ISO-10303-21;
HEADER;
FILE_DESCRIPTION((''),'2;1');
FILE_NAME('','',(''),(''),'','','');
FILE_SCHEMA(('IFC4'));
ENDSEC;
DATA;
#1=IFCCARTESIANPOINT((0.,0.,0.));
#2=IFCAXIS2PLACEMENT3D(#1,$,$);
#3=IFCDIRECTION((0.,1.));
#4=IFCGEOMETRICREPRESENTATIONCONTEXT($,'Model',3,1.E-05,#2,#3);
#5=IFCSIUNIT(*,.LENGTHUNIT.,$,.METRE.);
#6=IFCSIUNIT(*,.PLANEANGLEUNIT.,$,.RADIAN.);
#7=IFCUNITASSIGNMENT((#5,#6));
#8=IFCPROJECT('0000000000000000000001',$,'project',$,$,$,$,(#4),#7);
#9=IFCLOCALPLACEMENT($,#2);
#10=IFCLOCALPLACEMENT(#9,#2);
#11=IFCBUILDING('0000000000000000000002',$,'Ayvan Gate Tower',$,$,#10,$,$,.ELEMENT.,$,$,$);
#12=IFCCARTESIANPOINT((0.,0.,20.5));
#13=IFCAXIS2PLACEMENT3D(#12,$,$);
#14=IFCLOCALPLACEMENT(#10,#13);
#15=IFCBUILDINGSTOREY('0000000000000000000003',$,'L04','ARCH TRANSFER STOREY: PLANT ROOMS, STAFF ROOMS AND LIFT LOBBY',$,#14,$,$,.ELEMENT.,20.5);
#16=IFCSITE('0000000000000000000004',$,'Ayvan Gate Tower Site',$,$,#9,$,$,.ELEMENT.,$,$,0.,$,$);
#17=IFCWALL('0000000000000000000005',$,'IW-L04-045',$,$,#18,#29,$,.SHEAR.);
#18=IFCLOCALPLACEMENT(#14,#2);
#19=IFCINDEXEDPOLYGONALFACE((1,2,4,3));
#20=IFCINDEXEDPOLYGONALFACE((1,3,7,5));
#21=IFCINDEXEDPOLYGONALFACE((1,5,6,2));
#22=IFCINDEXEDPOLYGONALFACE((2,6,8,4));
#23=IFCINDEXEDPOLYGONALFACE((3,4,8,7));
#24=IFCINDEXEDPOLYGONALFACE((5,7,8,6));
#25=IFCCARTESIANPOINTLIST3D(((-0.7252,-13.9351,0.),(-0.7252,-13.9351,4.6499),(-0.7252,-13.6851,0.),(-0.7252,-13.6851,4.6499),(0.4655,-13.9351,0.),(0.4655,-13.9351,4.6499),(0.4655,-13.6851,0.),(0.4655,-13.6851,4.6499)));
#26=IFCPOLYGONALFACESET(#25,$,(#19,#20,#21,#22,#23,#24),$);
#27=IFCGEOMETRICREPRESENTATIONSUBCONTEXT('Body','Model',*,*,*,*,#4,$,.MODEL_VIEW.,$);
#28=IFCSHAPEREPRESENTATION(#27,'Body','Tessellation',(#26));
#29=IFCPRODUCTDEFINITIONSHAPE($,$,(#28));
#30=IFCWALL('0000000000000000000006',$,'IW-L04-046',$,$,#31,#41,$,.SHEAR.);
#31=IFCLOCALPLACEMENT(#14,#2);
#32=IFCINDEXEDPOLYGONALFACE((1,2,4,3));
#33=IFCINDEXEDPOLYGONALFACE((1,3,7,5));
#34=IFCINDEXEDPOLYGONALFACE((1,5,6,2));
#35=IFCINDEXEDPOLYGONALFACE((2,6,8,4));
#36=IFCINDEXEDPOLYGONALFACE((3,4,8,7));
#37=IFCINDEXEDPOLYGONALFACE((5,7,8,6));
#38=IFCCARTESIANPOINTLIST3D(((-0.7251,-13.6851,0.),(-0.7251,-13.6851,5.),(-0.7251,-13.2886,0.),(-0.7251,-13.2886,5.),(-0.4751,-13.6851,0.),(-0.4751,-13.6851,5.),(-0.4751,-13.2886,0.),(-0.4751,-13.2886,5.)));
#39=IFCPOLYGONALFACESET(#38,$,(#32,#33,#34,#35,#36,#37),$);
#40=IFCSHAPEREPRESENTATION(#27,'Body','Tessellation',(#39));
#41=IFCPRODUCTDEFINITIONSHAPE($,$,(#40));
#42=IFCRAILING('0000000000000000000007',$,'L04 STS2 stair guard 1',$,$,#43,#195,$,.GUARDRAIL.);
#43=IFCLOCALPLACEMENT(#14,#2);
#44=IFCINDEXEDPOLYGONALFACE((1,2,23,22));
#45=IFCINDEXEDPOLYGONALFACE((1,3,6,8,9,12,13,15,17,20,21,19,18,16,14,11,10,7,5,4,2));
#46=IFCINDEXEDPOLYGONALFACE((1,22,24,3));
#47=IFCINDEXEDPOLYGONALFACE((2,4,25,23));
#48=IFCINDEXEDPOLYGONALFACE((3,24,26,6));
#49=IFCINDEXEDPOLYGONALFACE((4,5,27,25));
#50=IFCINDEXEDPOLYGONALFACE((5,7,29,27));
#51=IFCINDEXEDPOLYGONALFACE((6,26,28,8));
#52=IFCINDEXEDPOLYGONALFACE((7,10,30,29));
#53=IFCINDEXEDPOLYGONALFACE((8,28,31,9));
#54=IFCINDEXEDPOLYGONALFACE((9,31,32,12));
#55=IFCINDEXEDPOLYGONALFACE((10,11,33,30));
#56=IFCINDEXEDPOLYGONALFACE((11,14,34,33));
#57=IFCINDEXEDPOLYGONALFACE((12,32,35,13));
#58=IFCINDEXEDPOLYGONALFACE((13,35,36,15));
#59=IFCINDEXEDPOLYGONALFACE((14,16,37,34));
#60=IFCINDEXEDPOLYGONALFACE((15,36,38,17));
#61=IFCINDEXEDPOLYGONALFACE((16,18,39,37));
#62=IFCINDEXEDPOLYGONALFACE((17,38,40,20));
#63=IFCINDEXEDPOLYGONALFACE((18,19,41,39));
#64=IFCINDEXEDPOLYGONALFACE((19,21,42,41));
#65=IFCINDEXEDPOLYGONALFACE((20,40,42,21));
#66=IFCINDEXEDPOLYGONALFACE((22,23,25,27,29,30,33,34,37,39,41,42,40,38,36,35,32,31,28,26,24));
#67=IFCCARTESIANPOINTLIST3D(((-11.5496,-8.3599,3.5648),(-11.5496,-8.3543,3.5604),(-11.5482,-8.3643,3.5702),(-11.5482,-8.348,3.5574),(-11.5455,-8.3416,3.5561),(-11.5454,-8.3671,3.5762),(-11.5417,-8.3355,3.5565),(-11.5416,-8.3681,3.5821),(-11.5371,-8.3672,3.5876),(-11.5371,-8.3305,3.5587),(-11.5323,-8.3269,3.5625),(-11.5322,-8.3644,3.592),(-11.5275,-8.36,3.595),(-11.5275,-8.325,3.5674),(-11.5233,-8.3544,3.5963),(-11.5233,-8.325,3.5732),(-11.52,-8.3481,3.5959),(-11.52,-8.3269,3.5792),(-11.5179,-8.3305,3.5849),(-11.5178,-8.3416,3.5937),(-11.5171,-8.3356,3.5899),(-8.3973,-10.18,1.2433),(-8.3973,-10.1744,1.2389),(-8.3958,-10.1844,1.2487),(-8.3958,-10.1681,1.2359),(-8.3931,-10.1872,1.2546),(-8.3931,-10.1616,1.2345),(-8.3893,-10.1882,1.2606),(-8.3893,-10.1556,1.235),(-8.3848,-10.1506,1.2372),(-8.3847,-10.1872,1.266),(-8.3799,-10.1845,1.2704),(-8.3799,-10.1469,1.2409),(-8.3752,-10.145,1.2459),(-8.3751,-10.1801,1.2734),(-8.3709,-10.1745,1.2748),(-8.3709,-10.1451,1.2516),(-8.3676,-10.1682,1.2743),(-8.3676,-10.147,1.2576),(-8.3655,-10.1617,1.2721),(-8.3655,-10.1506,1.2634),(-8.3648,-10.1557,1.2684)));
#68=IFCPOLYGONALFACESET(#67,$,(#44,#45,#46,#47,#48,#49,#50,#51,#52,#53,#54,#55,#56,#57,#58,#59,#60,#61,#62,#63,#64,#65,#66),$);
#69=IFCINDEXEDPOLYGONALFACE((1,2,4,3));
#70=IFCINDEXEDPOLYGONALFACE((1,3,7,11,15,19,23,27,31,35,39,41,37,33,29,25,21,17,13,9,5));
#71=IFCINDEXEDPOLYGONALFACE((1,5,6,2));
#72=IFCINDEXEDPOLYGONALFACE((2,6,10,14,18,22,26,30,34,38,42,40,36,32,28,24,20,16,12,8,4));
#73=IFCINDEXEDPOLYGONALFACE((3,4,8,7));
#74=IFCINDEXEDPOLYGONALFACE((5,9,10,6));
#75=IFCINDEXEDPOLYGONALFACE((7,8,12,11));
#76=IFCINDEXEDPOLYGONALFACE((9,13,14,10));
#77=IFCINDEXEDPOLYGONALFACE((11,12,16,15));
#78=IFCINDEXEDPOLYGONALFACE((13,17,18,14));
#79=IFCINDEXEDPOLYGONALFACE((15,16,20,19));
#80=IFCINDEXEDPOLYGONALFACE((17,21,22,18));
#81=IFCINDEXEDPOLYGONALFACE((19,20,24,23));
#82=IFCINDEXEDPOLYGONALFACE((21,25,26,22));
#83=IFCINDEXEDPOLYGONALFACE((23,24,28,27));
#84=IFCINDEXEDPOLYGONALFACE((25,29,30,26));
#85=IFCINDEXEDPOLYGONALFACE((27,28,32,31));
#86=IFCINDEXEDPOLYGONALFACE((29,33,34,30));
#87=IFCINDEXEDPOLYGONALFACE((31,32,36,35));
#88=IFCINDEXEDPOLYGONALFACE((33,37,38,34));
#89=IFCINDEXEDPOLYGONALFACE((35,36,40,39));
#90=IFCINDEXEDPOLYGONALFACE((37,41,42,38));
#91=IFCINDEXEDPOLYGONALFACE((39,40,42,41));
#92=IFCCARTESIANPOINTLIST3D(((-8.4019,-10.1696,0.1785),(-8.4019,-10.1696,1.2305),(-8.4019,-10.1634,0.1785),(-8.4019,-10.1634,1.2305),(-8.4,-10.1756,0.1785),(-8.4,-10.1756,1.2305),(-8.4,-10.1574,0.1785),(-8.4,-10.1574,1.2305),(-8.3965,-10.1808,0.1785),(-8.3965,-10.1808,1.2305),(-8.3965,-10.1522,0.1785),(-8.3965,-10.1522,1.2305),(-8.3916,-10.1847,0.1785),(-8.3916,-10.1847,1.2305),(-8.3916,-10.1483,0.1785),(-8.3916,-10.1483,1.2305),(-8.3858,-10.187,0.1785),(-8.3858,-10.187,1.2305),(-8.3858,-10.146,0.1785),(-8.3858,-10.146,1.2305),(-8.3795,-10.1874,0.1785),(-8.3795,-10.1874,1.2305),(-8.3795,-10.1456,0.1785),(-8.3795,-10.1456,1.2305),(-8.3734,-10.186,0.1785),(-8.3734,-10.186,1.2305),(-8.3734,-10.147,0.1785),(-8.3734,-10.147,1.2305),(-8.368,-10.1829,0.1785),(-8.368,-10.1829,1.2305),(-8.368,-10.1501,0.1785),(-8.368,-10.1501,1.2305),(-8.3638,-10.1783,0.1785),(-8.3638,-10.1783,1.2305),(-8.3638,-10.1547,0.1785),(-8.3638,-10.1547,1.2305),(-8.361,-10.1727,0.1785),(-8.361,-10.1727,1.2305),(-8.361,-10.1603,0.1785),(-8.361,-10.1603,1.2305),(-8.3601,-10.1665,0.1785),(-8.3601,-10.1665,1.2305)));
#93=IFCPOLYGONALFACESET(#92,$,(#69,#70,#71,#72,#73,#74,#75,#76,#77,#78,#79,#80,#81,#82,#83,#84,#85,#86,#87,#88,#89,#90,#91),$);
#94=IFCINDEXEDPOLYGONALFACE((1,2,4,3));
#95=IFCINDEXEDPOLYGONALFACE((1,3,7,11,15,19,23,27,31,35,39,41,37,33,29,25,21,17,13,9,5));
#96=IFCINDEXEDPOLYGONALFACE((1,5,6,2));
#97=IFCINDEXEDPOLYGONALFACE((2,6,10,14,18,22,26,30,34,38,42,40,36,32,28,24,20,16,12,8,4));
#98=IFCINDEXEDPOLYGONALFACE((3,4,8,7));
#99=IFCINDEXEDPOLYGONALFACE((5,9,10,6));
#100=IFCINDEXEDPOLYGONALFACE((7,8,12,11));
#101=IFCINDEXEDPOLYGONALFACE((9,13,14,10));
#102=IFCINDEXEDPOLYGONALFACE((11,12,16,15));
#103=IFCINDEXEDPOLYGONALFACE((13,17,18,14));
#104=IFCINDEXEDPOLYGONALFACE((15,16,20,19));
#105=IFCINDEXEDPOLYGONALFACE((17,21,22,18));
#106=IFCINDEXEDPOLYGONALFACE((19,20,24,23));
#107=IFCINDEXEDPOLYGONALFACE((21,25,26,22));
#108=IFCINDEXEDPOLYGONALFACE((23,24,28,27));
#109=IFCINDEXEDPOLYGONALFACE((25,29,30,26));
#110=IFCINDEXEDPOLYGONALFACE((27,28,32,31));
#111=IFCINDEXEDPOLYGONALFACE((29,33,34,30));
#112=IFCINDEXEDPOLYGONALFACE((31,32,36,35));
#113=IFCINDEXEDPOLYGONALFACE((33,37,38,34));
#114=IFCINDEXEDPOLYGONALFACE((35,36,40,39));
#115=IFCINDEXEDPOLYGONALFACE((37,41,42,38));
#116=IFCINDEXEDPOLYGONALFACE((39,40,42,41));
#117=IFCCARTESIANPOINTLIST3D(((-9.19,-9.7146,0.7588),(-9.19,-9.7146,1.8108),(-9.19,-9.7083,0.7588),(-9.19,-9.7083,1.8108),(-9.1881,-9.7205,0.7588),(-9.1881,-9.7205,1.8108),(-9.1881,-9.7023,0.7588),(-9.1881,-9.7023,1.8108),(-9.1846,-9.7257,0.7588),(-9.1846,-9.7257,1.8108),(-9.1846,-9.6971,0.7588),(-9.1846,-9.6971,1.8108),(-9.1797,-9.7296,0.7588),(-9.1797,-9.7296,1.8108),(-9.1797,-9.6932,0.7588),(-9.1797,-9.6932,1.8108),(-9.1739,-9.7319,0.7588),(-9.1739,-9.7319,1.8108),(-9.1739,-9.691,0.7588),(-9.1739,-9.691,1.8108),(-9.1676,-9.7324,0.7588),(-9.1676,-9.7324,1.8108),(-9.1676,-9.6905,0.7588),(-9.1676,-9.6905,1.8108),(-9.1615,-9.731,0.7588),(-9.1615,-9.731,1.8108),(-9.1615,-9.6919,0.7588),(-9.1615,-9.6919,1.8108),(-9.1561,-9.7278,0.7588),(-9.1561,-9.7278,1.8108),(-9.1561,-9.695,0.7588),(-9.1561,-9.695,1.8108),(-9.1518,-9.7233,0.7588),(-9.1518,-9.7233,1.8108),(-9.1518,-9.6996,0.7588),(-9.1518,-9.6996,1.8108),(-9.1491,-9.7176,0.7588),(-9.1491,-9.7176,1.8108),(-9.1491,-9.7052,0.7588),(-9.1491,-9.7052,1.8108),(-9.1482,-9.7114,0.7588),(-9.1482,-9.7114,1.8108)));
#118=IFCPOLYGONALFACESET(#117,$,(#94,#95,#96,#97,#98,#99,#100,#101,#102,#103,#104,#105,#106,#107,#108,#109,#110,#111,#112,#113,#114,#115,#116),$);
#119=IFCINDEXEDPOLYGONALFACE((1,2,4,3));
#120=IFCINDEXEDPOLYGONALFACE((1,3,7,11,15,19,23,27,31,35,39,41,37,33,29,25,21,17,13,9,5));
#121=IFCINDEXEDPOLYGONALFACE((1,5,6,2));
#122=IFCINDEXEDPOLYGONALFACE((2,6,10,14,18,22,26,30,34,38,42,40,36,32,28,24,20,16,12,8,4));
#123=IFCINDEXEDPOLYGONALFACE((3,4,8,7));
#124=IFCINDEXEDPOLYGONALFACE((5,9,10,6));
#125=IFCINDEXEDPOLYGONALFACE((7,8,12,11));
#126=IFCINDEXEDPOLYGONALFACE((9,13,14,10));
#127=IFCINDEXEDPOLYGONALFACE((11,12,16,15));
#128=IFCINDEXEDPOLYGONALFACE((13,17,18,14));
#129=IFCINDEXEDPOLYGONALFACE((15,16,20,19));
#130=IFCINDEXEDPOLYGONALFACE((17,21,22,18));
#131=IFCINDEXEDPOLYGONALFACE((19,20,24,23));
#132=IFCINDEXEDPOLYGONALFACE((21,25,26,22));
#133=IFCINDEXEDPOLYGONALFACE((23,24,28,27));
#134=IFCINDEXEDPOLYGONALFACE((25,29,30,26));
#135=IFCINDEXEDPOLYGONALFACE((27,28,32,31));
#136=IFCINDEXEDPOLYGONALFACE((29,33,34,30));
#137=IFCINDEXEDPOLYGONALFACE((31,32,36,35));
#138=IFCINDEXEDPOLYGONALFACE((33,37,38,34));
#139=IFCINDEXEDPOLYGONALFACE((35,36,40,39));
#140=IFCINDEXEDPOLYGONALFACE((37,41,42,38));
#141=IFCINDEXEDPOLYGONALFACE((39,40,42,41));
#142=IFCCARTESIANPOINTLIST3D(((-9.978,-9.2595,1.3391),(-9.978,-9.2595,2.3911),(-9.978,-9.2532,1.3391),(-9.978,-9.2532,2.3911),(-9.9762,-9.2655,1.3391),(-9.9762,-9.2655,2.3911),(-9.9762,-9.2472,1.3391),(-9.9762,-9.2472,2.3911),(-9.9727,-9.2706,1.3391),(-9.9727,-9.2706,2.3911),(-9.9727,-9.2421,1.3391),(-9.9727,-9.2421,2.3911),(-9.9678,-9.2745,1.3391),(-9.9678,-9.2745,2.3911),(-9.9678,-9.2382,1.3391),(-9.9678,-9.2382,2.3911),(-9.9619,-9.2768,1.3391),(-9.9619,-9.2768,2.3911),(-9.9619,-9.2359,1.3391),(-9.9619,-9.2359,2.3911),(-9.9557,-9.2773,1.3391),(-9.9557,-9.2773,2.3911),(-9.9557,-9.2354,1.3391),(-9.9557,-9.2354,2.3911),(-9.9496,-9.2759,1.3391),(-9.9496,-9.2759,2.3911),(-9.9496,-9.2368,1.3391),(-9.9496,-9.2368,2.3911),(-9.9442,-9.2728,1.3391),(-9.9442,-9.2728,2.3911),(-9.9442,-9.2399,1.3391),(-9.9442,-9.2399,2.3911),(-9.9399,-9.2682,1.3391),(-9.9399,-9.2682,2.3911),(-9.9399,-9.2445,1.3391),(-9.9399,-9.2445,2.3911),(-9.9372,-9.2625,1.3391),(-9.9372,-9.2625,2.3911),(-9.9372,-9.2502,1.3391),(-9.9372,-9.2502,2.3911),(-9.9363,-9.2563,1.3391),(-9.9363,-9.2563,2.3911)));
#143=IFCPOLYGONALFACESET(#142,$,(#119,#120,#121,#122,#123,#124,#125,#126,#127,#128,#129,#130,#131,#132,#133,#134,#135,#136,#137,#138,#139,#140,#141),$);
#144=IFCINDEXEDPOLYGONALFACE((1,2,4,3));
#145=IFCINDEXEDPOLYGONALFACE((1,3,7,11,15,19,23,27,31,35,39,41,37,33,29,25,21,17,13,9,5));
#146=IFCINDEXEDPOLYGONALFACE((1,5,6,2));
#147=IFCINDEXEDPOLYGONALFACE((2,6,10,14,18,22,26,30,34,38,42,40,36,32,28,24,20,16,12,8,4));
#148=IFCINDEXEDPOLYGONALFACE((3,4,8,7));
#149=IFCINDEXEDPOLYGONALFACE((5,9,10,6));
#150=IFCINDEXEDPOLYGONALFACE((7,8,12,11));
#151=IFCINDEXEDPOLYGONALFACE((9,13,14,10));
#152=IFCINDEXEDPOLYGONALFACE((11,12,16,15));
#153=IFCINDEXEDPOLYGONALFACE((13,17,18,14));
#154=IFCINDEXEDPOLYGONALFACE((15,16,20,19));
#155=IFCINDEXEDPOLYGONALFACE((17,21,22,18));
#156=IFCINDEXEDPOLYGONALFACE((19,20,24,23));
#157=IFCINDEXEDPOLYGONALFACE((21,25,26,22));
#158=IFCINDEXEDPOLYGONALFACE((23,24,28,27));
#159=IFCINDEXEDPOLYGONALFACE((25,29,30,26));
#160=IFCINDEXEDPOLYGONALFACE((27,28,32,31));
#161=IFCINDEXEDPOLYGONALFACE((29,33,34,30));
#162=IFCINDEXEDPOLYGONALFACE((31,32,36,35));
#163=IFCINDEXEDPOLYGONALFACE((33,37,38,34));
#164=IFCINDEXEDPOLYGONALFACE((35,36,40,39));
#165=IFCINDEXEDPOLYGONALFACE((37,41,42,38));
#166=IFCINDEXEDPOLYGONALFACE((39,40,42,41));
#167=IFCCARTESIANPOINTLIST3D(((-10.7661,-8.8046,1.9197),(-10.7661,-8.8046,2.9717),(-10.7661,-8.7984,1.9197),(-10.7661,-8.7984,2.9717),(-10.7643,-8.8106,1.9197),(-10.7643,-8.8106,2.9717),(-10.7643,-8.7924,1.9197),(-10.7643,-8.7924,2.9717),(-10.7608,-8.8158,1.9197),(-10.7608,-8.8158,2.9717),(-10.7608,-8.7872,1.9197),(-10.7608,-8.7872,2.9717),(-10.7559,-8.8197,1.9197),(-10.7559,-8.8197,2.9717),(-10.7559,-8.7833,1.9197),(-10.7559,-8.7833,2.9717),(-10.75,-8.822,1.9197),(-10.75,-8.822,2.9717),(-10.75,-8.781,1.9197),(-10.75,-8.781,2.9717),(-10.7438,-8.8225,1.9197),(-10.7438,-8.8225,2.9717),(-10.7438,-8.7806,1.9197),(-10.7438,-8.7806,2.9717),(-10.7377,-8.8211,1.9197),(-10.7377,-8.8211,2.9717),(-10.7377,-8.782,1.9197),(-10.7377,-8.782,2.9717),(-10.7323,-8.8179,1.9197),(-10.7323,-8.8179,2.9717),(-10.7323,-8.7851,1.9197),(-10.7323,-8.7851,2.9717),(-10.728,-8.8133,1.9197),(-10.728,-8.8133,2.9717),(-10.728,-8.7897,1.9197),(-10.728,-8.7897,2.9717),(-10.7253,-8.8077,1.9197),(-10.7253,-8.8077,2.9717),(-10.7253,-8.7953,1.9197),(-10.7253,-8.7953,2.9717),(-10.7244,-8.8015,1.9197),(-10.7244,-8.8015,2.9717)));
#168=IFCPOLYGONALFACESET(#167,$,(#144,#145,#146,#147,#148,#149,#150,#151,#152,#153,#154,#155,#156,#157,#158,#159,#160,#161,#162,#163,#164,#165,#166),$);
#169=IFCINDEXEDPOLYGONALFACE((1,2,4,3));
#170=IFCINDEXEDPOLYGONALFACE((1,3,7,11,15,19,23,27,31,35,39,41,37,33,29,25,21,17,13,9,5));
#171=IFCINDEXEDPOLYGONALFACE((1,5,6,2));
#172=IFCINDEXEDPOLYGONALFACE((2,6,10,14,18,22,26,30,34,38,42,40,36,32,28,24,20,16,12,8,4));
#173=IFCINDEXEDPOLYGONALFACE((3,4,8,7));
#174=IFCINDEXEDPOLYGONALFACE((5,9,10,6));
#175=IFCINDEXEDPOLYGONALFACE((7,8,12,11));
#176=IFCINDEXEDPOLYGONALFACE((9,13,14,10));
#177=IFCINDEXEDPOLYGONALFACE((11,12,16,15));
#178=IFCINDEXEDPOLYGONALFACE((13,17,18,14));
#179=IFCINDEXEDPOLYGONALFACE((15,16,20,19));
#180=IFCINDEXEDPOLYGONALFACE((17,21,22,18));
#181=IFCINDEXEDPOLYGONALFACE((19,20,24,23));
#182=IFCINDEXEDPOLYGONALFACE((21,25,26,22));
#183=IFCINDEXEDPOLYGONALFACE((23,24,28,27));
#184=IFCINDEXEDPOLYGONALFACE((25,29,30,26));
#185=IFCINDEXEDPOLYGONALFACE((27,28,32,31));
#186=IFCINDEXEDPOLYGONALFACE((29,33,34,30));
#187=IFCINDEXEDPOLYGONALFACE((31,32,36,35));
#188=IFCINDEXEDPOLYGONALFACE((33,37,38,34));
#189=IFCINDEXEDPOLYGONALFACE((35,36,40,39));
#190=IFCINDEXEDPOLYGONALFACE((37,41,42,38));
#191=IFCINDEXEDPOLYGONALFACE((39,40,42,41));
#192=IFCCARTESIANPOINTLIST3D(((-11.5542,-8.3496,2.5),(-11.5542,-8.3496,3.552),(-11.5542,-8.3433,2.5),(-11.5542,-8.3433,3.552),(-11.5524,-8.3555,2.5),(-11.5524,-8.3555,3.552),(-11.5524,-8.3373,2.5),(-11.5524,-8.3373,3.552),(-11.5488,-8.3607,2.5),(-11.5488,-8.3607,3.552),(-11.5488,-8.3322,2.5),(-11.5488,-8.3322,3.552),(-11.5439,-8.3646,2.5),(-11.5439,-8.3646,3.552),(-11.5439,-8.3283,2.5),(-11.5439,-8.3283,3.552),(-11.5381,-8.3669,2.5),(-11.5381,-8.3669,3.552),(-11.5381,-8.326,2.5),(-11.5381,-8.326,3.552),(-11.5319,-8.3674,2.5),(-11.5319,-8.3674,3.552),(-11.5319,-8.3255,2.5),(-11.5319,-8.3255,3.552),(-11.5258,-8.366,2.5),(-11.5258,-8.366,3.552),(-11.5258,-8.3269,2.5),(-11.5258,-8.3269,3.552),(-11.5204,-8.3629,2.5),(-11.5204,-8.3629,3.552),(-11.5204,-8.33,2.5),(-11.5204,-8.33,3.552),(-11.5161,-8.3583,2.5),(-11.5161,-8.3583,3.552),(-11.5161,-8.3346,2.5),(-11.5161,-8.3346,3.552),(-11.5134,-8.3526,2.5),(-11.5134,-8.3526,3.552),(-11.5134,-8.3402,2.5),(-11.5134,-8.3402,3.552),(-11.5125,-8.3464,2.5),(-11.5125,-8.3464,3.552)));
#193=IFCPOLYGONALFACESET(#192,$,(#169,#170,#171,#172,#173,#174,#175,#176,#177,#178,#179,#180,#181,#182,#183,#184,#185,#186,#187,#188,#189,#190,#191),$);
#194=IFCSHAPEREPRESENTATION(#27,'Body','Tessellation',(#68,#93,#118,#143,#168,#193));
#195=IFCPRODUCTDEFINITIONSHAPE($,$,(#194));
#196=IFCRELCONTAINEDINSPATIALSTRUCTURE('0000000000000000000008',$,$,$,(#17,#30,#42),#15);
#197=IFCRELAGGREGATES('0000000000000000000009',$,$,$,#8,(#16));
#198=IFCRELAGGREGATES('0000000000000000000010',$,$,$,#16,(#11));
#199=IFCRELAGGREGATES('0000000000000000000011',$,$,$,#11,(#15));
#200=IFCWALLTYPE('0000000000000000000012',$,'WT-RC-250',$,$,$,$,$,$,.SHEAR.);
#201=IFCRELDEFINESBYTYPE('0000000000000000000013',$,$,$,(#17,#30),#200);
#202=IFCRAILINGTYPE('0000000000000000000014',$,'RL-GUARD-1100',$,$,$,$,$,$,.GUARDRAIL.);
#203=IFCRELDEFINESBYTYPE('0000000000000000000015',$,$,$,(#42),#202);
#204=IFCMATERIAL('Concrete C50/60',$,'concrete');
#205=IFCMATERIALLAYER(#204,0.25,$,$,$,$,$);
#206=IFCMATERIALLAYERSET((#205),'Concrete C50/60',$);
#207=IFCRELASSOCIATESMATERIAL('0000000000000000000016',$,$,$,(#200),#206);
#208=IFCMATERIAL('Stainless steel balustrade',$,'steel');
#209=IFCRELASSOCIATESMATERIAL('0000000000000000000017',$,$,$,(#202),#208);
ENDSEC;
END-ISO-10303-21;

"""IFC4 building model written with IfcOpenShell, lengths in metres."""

from ifc_helpers import new_model, si_unit, direction, frame, frame_2d, origin, origin_2d, place, context, subcontext, project, spatial, rectangle, circle, extrude, material, layer, layer_set, type_object, element, save


model = new_model("IFC4")

# Units and contexts
model_context = context("Model", 3, precision=1e-05, world=origin(), true_north=direction((0.0, 1.0)))
body_context = subcontext(model_context, "Body", "Model", "MODEL_VIEW")
ifc_project = project(units=[si_unit("LENGTHUNIT", "METRE"), si_unit("PLANEANGLEUNIT", "RADIAN")], contexts=[model_context])

# Site, building, storey
site_placement = place(None, origin())
site = spatial("IfcSite", under=ifc_project, at=site_placement, Name="Ayvan Gate Tower Site", CompositionType="ELEMENT", RefElevation=0.0)
building_placement = place(site_placement, origin())
building = spatial("IfcBuilding", under=site, at=building_placement, Name="Ayvan Gate Tower", CompositionType="ELEMENT")
storey_placement = place(building_placement, frame((0.0, 0.0, 20.5)))
storey = spatial("IfcBuildingStorey", under=building, at=storey_placement, Name="L04", Description="ARCH TRANSFER STOREY: PLANT ROOMS, STAFF ROOMS AND LIFT LOBBY", CompositionType="ELEMENT", Elevation=20.5)

# Shared definitions
ifc_material_1 = material(Name="Concrete C50/60", Category="concrete")
ifc_layer_1 = layer(ifc_material_1, 0.25)
ifc_layer_set_1 = layer_set([ifc_layer_1], Name="Concrete C50/60")
wall_type_1 = type_object("IfcWallType", Name="WT-RC-250", PredefinedType="SHEAR", material=ifc_layer_set_1)

# Walls
wall_1_placement = place(storey_placement, frame((-0.7251, -13.8101, 0.0), z_axis=(0.0, 0.0, 1.0), x_axis=(1.0, 0.0, 0.0)))
element("IfcWall", 1, at=wall_1_placement, inside=storey, type_object=wall_type_1, Name="IW-L04-045", PredefinedType="SHEAR", context=body_context, shape_type="SweptSolid", body=[
    extrude(rectangle(XDim=1.1907, YDim=0.25, at=frame_2d((0.5952, 0.0))), origin(), (0.0, 0.0, 1.0), 4.6499),
])
wall_2_placement = place(storey_placement, frame((-0.6001, -13.2886, 0.0), z_axis=(0.0, 0.0, 1.0), x_axis=(0.0, -1.0, 0.0)))
element("IfcWall", 2, at=wall_2_placement, inside=storey, type_object=wall_type_1, Name="IW-L04-046", PredefinedType="SHEAR", context=body_context, shape_type="SweptSolid", body=[
    extrude(rectangle(XDim=0.3965, YDim=0.25, at=frame_2d((0.1982, 0.0))), origin(), (0.0, 0.0, 1.0), 5.0),
])

# Railing
ifc_material_2 = material(Name="Stainless steel balustrade", Category="steel")
railing_type_1 = type_object("IfcRailingType", Name="RL-GUARD-1100", PredefinedType="GUARDRAIL", material=ifc_material_2)
railing_1_placement = place(storey_placement, frame((-8.3811, -10.1665, 0.1785)))
element("IfcRailing", 3, at=railing_1_placement, inside=storey, type_object=railing_type_1, Name="L04 STS2 stair guard 1", PredefinedType="GUARDRAIL", context=body_context, shape_type="SweptSolid", body=[
    extrude(circle(Radius=0.0239, at=origin_2d()), frame((0.0, 0.0, 1.0762), z_axis=(-0.730159, 0.421572, 0.537723), x_axis=(-0.500013, -0.866018, 0.0)), (0.0, 0.0, 1.0), 4.3174),
    extrude(circle(Radius=0.021, at=origin_2d()), origin(), (0.0, 0.0, 1.0), 1.052),
    extrude(circle(Radius=0.021, at=origin_2d()), frame((-0.7881, 0.4551, 0.5803)), (0.0, 0.0, 1.0), 1.052),
    extrude(circle(Radius=0.021, at=origin_2d()), frame((-1.5762, 0.9102, 1.1606)), (0.0, 0.0, 1.0), 1.052),
    extrude(circle(Radius=0.021, at=origin_2d()), frame((-2.3643, 1.365, 1.7412)), (0.0, 0.0, 1.0), 1.052),
    extrude(circle(Radius=0.021, at=origin_2d()), frame((-3.1523, 1.8201, 2.3215)), (0.0, 0.0, 1.0), 1.052),
])

save(model, "model.ifc")
